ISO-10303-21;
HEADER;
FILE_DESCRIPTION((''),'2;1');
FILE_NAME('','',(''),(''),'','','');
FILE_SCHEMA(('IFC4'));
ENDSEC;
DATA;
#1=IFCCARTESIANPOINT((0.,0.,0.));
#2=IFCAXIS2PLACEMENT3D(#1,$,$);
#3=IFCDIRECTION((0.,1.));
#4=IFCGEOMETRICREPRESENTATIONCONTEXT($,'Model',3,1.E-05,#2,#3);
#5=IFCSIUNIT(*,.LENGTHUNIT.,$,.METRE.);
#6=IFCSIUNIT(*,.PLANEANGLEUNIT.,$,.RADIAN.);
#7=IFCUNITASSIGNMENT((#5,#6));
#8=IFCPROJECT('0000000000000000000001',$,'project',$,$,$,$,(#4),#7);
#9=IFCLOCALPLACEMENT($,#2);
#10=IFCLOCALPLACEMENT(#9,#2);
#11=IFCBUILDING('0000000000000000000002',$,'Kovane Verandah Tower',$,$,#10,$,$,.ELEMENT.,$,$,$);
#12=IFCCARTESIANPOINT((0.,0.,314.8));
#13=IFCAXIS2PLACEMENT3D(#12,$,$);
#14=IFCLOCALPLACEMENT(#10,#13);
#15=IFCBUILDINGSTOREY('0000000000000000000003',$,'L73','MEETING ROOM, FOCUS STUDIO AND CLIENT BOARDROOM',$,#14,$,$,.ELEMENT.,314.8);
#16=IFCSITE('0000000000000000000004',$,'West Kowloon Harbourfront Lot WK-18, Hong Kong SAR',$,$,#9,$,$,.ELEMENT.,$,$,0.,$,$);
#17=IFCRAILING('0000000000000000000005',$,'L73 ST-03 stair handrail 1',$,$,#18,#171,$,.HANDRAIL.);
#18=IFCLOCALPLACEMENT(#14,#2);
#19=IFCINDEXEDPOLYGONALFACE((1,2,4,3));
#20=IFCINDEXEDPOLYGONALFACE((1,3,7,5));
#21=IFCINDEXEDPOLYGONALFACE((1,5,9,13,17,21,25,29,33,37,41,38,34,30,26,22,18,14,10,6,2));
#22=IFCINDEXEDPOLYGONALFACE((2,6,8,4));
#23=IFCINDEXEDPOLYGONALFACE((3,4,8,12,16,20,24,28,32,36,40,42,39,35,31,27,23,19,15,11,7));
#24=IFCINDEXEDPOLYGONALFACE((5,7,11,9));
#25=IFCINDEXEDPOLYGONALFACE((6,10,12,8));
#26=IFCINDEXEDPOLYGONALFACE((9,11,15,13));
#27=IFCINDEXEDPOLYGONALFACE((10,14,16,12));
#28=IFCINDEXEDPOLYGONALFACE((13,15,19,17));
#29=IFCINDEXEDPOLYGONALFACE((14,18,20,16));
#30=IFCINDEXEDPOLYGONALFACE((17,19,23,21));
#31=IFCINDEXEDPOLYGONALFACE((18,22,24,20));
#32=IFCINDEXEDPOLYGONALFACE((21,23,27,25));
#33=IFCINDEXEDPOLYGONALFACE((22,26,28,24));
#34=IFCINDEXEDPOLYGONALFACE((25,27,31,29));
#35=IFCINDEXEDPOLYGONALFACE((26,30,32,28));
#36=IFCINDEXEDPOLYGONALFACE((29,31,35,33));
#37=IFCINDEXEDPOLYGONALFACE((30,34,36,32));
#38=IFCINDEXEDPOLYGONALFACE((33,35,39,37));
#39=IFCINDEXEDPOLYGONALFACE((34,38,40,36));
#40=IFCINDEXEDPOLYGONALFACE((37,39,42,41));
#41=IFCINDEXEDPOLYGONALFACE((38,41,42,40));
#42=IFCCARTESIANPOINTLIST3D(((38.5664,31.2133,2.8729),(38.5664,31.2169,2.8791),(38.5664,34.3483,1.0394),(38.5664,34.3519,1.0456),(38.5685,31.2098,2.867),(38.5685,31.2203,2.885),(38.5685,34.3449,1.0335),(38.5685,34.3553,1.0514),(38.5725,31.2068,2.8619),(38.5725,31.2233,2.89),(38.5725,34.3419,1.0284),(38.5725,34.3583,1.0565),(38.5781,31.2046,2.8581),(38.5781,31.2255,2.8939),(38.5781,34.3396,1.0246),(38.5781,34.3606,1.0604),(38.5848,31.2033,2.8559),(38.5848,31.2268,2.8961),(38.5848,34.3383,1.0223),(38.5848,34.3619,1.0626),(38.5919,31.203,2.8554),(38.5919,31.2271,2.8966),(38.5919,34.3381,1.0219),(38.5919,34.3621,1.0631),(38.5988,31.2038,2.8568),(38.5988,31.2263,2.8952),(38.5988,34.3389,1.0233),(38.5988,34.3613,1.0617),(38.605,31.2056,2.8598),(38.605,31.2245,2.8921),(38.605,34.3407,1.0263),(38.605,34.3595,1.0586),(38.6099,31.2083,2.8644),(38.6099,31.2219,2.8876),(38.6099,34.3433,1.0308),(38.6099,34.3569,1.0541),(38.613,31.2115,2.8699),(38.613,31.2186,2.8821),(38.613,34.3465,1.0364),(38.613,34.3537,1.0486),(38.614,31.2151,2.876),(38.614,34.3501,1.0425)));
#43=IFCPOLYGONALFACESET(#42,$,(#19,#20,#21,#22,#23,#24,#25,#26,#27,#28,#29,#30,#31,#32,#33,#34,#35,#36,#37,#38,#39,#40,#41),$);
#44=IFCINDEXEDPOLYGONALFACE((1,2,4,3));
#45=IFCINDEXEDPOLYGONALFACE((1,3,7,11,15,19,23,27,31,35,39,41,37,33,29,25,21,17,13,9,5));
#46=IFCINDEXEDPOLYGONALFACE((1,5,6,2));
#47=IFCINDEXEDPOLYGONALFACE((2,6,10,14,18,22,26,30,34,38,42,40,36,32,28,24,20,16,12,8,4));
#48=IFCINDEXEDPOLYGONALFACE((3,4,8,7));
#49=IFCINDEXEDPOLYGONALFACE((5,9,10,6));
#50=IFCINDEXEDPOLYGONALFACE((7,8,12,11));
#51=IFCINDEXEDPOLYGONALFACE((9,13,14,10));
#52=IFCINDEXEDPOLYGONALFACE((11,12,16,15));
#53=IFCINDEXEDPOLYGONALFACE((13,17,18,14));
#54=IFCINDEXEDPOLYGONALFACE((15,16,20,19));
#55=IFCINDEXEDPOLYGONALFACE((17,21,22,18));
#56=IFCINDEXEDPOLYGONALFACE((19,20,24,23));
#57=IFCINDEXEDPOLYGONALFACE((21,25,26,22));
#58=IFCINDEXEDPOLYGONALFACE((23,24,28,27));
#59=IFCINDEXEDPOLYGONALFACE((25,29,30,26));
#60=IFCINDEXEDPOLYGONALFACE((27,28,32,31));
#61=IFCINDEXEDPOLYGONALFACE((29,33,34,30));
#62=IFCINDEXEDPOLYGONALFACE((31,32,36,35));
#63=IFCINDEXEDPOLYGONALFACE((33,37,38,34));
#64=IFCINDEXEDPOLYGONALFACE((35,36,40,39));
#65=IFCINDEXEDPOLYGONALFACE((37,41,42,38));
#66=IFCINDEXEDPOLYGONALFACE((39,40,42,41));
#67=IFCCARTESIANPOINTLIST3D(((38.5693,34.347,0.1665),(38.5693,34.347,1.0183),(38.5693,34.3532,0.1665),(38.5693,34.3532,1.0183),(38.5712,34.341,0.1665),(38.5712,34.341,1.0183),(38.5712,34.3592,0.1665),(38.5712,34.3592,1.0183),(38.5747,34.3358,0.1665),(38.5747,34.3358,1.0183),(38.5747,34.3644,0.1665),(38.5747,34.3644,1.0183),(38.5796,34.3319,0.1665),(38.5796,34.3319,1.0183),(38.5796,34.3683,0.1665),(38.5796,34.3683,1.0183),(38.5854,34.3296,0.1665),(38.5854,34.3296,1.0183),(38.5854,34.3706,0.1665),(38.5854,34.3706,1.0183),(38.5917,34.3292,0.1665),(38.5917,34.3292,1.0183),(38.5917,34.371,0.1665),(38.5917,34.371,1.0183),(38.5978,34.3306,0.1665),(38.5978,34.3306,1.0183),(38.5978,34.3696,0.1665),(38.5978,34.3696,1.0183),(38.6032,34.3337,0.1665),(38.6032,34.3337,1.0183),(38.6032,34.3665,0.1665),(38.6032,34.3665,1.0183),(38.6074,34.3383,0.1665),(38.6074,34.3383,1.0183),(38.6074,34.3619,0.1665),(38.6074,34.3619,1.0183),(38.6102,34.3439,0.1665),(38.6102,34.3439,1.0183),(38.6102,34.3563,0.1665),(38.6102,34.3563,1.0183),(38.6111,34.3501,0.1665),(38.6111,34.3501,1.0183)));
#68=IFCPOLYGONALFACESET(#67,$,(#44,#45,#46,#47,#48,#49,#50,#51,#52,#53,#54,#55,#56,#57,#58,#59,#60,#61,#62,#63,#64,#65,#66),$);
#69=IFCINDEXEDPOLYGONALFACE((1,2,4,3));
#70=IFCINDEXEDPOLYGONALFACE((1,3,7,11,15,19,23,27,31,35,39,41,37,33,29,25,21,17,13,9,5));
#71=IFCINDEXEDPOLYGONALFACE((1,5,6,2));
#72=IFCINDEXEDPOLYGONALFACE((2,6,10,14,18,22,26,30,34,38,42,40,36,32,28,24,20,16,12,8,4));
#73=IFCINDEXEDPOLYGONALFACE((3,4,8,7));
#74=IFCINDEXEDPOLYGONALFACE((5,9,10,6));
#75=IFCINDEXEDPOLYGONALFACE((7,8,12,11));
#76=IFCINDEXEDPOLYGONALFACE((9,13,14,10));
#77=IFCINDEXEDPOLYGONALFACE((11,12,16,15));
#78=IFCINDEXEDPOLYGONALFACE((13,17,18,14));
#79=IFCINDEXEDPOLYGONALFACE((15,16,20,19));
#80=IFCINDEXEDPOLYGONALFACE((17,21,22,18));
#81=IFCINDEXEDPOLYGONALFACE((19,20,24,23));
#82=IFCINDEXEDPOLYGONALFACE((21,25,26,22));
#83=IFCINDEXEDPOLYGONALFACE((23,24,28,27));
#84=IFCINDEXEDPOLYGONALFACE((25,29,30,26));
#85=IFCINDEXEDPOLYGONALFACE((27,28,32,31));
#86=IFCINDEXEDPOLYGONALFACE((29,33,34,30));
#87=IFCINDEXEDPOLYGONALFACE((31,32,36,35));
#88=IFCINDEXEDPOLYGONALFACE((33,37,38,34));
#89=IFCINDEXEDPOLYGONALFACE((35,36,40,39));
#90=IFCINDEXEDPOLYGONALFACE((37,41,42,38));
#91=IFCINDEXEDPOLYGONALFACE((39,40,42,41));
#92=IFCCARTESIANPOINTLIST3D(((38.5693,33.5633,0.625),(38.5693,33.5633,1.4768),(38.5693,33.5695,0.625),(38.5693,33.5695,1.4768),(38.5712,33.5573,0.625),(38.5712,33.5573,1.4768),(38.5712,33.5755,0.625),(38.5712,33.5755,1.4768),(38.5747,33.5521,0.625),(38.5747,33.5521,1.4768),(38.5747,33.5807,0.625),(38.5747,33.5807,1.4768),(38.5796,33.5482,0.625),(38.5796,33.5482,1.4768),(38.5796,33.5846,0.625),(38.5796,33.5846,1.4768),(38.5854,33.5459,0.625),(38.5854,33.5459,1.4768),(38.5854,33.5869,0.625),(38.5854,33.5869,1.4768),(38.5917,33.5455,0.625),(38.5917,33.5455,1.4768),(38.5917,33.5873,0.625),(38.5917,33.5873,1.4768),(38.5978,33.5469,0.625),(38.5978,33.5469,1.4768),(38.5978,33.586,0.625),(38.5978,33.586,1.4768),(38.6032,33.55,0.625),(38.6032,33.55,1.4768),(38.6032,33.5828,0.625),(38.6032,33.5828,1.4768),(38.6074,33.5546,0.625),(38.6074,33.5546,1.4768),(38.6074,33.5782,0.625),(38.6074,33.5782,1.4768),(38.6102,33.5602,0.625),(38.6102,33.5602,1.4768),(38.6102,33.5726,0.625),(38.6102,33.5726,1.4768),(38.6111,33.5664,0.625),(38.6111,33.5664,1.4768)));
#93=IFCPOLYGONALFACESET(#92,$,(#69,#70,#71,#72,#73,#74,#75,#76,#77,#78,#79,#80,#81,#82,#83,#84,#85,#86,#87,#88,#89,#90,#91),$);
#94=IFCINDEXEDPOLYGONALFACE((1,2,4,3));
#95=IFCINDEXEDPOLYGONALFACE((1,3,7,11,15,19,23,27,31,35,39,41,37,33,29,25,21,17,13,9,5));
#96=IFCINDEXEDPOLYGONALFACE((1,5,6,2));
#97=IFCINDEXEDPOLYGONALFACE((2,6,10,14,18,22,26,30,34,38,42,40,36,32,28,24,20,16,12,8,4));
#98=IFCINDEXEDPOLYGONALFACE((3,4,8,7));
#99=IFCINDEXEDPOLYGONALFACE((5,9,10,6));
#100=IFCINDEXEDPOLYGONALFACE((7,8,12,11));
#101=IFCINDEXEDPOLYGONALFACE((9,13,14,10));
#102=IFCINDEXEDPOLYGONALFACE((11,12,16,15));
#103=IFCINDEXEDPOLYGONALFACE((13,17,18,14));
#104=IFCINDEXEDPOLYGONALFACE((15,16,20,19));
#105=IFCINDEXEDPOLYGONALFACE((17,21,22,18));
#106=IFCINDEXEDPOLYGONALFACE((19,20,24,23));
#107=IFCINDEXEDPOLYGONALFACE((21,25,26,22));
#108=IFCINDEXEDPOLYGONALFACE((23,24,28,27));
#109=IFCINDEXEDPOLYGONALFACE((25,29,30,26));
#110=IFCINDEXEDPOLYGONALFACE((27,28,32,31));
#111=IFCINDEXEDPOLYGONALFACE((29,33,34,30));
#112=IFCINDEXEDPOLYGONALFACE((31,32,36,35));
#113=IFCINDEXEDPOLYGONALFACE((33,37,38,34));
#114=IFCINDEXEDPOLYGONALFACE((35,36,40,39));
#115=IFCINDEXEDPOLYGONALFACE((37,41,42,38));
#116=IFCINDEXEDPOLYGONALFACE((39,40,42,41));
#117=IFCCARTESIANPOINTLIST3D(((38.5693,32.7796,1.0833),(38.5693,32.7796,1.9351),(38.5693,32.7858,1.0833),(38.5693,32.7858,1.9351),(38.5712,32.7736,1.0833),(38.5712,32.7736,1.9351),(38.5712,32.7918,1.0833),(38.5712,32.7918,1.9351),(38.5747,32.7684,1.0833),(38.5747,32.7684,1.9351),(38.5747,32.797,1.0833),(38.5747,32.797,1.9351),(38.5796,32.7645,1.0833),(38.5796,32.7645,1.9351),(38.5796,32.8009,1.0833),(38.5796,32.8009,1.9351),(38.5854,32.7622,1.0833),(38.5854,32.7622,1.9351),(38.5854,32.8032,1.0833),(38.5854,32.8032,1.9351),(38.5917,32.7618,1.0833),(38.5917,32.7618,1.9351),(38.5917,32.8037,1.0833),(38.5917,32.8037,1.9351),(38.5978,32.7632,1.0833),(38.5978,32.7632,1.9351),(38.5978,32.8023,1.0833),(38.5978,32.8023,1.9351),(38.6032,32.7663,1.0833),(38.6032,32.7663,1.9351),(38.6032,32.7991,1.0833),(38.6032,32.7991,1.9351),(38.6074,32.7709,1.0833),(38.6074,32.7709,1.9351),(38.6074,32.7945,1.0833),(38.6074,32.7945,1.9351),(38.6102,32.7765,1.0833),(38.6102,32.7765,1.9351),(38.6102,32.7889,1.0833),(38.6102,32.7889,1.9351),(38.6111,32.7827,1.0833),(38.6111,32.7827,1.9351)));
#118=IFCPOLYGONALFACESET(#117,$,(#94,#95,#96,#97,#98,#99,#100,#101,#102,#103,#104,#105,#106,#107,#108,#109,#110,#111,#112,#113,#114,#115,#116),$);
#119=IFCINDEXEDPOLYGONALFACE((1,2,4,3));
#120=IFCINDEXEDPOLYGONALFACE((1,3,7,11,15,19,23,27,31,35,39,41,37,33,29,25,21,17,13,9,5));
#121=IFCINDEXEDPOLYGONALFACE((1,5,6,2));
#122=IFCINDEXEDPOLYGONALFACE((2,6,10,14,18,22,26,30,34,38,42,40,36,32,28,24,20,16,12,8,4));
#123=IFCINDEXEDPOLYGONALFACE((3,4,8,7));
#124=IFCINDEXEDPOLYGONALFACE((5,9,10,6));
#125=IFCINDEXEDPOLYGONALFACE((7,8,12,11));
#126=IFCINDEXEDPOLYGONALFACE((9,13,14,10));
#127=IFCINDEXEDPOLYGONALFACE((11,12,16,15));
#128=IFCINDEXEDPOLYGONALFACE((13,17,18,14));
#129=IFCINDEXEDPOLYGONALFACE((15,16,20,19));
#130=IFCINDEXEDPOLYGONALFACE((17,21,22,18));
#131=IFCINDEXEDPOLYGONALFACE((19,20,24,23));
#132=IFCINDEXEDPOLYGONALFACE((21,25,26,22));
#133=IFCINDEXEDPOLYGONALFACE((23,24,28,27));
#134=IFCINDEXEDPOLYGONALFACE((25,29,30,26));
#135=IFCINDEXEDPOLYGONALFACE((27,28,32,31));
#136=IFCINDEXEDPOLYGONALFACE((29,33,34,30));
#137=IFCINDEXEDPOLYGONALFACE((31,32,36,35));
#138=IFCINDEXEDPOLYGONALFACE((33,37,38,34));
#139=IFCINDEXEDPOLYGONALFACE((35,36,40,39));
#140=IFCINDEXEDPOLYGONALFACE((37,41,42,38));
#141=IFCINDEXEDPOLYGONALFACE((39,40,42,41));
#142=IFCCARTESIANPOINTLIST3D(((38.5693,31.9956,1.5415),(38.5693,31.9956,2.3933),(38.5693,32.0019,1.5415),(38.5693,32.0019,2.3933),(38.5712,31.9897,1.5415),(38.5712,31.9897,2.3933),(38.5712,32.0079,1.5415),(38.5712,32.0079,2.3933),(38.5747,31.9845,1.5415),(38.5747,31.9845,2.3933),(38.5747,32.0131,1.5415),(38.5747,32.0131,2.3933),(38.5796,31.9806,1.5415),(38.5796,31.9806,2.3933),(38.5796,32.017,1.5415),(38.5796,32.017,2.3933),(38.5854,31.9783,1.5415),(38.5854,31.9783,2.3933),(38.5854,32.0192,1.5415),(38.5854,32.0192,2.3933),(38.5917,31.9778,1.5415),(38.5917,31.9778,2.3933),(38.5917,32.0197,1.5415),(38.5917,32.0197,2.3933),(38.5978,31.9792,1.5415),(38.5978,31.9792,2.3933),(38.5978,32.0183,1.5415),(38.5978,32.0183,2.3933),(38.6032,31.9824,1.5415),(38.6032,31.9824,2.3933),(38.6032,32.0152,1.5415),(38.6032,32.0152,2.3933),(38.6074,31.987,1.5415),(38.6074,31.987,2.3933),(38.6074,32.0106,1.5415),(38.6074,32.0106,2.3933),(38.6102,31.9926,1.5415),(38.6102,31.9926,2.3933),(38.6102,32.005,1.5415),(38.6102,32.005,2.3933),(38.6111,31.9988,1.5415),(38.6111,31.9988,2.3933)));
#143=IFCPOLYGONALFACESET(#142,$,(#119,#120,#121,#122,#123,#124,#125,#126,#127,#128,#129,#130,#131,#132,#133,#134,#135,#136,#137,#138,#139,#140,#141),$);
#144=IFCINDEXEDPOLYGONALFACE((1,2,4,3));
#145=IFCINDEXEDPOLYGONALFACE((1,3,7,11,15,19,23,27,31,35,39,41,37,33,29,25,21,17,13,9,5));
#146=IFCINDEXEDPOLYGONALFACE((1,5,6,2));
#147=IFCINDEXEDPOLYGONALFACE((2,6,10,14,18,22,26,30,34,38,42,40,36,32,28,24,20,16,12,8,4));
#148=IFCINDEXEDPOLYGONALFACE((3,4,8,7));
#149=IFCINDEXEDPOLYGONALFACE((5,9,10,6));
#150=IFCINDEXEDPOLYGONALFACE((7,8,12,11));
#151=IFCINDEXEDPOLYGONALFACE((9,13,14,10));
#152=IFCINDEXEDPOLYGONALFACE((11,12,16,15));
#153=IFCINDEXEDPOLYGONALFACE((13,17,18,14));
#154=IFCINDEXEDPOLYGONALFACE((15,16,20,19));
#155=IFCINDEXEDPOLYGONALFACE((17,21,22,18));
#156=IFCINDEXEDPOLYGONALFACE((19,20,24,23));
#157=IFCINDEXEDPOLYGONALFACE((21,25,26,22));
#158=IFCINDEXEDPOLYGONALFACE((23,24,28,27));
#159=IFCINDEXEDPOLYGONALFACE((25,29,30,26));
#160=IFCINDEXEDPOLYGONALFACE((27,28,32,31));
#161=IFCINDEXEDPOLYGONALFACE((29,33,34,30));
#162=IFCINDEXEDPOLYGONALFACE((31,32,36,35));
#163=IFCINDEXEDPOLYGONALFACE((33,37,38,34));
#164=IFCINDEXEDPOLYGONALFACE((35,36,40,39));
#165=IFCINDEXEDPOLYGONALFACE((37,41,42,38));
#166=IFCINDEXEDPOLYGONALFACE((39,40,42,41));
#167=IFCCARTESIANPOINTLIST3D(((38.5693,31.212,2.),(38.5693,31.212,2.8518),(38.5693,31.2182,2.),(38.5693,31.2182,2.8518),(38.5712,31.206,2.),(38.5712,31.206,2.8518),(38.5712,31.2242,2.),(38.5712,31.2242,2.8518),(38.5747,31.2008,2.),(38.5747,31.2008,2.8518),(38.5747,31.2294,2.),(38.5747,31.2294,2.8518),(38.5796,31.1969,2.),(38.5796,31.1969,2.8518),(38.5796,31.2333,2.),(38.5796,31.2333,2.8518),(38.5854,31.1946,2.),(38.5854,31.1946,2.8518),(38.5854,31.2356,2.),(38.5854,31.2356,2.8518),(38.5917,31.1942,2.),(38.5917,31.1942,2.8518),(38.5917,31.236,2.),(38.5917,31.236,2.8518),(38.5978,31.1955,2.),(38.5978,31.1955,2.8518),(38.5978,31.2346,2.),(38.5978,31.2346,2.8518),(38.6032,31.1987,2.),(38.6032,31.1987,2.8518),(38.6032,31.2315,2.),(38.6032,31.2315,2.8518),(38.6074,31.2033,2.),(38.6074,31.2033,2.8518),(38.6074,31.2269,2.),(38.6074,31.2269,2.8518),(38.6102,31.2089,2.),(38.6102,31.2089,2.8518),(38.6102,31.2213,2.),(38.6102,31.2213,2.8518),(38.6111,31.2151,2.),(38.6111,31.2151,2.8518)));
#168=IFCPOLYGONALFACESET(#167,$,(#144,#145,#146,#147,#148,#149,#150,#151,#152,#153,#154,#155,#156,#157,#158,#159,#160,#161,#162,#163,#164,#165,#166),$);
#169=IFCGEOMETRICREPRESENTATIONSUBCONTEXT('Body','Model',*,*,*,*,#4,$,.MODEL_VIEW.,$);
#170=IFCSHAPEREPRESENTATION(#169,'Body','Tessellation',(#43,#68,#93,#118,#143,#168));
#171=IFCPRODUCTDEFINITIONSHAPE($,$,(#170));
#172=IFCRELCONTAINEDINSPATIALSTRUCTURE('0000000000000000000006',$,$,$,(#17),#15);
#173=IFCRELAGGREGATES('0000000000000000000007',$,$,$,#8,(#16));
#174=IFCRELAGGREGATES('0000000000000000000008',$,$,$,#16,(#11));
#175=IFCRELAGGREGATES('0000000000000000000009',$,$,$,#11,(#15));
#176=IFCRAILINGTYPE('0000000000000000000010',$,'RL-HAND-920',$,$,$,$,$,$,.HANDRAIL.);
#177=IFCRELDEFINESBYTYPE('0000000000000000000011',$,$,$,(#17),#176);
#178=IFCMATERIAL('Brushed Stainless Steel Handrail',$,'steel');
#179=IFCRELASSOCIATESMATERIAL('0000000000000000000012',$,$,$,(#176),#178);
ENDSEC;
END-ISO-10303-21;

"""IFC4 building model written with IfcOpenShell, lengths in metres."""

from ifc_helpers import new_model, si_unit, direction, frame, origin, origin_2d, place, context, subcontext, project, spatial, circle, extrude, material, type_object, element, save


model = new_model("IFC4")

# Units and contexts
model_context = context("Model", 3, precision=1e-05, world=origin(), true_north=direction((0.0, 1.0)))
body_context = subcontext(model_context, "Body", "Model", "MODEL_VIEW")
ifc_project = project(units=[si_unit("LENGTHUNIT", "METRE"), si_unit("PLANEANGLEUNIT", "RADIAN")], contexts=[model_context])

# Site, building, storey
site_placement = place(None, origin())
site = spatial("IfcSite", under=ifc_project, at=site_placement, Name="West Kowloon Harbourfront Lot WK-18, Hong Kong SAR", CompositionType="ELEMENT", RefElevation=0.0)
building_placement = place(site_placement, origin())
building = spatial("IfcBuilding", under=site, at=building_placement, Name="Kovane Verandah Tower", CompositionType="ELEMENT")
storey_placement = place(building_placement, frame((0.0, 0.0, 314.8)))
storey = spatial("IfcBuildingStorey", under=building, at=storey_placement, Name="L73", Description="MEETING ROOM, FOCUS STUDIO AND CLIENT BOARDROOM", CompositionType="ELEMENT", Elevation=314.8)

# Railing
ifc_material_1 = material(Name="Brushed Stainless Steel Handrail", Category="steel")
railing_type_1 = type_object("IfcRailingType", Name="RL-HAND-920", PredefinedType="HANDRAIL", material=ifc_material_1)
railing_1_placement = place(storey_placement, frame((38.5901, 34.3501, 0.1665)))
element("IfcRailing", 1, at=railing_1_placement, inside=storey, type_object=railing_type_1, Name="L73 ST-03 stair handrail 1", PredefinedType="HANDRAIL", context=body_context, shape_type="SweptSolid", body=[
    extrude(circle(Radius=0.0239, at=origin_2d()), frame((0.0, 0.0, 0.876), z_axis=(0.0, -0.86321, 0.504845), x_axis=(1.0, 0.0, 0.0)), (0.0, 0.0, 1.0), 3.6318),
    extrude(circle(Radius=0.021, at=origin_2d()), origin(), (0.0, 0.0, 1.0), 0.8518),
    extrude(circle(Radius=0.021, at=origin_2d()), frame((0.0, -0.7837, 0.4585)), (0.0, 0.0, 1.0), 0.8518),
    extrude(circle(Radius=0.021, at=origin_2d()), frame((0.0, -1.5674, 0.9167)), (0.0, 0.0, 1.0), 0.8518),
    extrude(circle(Radius=0.021, at=origin_2d()), frame((0.0, -2.3513, 1.375)), (0.0, 0.0, 1.0), 0.8518),
    extrude(circle(Radius=0.021, at=origin_2d()), frame((0.0, -3.135, 1.8335)), (0.0, 0.0, 1.0), 0.8518),
])

save(model, "model.ifc")
